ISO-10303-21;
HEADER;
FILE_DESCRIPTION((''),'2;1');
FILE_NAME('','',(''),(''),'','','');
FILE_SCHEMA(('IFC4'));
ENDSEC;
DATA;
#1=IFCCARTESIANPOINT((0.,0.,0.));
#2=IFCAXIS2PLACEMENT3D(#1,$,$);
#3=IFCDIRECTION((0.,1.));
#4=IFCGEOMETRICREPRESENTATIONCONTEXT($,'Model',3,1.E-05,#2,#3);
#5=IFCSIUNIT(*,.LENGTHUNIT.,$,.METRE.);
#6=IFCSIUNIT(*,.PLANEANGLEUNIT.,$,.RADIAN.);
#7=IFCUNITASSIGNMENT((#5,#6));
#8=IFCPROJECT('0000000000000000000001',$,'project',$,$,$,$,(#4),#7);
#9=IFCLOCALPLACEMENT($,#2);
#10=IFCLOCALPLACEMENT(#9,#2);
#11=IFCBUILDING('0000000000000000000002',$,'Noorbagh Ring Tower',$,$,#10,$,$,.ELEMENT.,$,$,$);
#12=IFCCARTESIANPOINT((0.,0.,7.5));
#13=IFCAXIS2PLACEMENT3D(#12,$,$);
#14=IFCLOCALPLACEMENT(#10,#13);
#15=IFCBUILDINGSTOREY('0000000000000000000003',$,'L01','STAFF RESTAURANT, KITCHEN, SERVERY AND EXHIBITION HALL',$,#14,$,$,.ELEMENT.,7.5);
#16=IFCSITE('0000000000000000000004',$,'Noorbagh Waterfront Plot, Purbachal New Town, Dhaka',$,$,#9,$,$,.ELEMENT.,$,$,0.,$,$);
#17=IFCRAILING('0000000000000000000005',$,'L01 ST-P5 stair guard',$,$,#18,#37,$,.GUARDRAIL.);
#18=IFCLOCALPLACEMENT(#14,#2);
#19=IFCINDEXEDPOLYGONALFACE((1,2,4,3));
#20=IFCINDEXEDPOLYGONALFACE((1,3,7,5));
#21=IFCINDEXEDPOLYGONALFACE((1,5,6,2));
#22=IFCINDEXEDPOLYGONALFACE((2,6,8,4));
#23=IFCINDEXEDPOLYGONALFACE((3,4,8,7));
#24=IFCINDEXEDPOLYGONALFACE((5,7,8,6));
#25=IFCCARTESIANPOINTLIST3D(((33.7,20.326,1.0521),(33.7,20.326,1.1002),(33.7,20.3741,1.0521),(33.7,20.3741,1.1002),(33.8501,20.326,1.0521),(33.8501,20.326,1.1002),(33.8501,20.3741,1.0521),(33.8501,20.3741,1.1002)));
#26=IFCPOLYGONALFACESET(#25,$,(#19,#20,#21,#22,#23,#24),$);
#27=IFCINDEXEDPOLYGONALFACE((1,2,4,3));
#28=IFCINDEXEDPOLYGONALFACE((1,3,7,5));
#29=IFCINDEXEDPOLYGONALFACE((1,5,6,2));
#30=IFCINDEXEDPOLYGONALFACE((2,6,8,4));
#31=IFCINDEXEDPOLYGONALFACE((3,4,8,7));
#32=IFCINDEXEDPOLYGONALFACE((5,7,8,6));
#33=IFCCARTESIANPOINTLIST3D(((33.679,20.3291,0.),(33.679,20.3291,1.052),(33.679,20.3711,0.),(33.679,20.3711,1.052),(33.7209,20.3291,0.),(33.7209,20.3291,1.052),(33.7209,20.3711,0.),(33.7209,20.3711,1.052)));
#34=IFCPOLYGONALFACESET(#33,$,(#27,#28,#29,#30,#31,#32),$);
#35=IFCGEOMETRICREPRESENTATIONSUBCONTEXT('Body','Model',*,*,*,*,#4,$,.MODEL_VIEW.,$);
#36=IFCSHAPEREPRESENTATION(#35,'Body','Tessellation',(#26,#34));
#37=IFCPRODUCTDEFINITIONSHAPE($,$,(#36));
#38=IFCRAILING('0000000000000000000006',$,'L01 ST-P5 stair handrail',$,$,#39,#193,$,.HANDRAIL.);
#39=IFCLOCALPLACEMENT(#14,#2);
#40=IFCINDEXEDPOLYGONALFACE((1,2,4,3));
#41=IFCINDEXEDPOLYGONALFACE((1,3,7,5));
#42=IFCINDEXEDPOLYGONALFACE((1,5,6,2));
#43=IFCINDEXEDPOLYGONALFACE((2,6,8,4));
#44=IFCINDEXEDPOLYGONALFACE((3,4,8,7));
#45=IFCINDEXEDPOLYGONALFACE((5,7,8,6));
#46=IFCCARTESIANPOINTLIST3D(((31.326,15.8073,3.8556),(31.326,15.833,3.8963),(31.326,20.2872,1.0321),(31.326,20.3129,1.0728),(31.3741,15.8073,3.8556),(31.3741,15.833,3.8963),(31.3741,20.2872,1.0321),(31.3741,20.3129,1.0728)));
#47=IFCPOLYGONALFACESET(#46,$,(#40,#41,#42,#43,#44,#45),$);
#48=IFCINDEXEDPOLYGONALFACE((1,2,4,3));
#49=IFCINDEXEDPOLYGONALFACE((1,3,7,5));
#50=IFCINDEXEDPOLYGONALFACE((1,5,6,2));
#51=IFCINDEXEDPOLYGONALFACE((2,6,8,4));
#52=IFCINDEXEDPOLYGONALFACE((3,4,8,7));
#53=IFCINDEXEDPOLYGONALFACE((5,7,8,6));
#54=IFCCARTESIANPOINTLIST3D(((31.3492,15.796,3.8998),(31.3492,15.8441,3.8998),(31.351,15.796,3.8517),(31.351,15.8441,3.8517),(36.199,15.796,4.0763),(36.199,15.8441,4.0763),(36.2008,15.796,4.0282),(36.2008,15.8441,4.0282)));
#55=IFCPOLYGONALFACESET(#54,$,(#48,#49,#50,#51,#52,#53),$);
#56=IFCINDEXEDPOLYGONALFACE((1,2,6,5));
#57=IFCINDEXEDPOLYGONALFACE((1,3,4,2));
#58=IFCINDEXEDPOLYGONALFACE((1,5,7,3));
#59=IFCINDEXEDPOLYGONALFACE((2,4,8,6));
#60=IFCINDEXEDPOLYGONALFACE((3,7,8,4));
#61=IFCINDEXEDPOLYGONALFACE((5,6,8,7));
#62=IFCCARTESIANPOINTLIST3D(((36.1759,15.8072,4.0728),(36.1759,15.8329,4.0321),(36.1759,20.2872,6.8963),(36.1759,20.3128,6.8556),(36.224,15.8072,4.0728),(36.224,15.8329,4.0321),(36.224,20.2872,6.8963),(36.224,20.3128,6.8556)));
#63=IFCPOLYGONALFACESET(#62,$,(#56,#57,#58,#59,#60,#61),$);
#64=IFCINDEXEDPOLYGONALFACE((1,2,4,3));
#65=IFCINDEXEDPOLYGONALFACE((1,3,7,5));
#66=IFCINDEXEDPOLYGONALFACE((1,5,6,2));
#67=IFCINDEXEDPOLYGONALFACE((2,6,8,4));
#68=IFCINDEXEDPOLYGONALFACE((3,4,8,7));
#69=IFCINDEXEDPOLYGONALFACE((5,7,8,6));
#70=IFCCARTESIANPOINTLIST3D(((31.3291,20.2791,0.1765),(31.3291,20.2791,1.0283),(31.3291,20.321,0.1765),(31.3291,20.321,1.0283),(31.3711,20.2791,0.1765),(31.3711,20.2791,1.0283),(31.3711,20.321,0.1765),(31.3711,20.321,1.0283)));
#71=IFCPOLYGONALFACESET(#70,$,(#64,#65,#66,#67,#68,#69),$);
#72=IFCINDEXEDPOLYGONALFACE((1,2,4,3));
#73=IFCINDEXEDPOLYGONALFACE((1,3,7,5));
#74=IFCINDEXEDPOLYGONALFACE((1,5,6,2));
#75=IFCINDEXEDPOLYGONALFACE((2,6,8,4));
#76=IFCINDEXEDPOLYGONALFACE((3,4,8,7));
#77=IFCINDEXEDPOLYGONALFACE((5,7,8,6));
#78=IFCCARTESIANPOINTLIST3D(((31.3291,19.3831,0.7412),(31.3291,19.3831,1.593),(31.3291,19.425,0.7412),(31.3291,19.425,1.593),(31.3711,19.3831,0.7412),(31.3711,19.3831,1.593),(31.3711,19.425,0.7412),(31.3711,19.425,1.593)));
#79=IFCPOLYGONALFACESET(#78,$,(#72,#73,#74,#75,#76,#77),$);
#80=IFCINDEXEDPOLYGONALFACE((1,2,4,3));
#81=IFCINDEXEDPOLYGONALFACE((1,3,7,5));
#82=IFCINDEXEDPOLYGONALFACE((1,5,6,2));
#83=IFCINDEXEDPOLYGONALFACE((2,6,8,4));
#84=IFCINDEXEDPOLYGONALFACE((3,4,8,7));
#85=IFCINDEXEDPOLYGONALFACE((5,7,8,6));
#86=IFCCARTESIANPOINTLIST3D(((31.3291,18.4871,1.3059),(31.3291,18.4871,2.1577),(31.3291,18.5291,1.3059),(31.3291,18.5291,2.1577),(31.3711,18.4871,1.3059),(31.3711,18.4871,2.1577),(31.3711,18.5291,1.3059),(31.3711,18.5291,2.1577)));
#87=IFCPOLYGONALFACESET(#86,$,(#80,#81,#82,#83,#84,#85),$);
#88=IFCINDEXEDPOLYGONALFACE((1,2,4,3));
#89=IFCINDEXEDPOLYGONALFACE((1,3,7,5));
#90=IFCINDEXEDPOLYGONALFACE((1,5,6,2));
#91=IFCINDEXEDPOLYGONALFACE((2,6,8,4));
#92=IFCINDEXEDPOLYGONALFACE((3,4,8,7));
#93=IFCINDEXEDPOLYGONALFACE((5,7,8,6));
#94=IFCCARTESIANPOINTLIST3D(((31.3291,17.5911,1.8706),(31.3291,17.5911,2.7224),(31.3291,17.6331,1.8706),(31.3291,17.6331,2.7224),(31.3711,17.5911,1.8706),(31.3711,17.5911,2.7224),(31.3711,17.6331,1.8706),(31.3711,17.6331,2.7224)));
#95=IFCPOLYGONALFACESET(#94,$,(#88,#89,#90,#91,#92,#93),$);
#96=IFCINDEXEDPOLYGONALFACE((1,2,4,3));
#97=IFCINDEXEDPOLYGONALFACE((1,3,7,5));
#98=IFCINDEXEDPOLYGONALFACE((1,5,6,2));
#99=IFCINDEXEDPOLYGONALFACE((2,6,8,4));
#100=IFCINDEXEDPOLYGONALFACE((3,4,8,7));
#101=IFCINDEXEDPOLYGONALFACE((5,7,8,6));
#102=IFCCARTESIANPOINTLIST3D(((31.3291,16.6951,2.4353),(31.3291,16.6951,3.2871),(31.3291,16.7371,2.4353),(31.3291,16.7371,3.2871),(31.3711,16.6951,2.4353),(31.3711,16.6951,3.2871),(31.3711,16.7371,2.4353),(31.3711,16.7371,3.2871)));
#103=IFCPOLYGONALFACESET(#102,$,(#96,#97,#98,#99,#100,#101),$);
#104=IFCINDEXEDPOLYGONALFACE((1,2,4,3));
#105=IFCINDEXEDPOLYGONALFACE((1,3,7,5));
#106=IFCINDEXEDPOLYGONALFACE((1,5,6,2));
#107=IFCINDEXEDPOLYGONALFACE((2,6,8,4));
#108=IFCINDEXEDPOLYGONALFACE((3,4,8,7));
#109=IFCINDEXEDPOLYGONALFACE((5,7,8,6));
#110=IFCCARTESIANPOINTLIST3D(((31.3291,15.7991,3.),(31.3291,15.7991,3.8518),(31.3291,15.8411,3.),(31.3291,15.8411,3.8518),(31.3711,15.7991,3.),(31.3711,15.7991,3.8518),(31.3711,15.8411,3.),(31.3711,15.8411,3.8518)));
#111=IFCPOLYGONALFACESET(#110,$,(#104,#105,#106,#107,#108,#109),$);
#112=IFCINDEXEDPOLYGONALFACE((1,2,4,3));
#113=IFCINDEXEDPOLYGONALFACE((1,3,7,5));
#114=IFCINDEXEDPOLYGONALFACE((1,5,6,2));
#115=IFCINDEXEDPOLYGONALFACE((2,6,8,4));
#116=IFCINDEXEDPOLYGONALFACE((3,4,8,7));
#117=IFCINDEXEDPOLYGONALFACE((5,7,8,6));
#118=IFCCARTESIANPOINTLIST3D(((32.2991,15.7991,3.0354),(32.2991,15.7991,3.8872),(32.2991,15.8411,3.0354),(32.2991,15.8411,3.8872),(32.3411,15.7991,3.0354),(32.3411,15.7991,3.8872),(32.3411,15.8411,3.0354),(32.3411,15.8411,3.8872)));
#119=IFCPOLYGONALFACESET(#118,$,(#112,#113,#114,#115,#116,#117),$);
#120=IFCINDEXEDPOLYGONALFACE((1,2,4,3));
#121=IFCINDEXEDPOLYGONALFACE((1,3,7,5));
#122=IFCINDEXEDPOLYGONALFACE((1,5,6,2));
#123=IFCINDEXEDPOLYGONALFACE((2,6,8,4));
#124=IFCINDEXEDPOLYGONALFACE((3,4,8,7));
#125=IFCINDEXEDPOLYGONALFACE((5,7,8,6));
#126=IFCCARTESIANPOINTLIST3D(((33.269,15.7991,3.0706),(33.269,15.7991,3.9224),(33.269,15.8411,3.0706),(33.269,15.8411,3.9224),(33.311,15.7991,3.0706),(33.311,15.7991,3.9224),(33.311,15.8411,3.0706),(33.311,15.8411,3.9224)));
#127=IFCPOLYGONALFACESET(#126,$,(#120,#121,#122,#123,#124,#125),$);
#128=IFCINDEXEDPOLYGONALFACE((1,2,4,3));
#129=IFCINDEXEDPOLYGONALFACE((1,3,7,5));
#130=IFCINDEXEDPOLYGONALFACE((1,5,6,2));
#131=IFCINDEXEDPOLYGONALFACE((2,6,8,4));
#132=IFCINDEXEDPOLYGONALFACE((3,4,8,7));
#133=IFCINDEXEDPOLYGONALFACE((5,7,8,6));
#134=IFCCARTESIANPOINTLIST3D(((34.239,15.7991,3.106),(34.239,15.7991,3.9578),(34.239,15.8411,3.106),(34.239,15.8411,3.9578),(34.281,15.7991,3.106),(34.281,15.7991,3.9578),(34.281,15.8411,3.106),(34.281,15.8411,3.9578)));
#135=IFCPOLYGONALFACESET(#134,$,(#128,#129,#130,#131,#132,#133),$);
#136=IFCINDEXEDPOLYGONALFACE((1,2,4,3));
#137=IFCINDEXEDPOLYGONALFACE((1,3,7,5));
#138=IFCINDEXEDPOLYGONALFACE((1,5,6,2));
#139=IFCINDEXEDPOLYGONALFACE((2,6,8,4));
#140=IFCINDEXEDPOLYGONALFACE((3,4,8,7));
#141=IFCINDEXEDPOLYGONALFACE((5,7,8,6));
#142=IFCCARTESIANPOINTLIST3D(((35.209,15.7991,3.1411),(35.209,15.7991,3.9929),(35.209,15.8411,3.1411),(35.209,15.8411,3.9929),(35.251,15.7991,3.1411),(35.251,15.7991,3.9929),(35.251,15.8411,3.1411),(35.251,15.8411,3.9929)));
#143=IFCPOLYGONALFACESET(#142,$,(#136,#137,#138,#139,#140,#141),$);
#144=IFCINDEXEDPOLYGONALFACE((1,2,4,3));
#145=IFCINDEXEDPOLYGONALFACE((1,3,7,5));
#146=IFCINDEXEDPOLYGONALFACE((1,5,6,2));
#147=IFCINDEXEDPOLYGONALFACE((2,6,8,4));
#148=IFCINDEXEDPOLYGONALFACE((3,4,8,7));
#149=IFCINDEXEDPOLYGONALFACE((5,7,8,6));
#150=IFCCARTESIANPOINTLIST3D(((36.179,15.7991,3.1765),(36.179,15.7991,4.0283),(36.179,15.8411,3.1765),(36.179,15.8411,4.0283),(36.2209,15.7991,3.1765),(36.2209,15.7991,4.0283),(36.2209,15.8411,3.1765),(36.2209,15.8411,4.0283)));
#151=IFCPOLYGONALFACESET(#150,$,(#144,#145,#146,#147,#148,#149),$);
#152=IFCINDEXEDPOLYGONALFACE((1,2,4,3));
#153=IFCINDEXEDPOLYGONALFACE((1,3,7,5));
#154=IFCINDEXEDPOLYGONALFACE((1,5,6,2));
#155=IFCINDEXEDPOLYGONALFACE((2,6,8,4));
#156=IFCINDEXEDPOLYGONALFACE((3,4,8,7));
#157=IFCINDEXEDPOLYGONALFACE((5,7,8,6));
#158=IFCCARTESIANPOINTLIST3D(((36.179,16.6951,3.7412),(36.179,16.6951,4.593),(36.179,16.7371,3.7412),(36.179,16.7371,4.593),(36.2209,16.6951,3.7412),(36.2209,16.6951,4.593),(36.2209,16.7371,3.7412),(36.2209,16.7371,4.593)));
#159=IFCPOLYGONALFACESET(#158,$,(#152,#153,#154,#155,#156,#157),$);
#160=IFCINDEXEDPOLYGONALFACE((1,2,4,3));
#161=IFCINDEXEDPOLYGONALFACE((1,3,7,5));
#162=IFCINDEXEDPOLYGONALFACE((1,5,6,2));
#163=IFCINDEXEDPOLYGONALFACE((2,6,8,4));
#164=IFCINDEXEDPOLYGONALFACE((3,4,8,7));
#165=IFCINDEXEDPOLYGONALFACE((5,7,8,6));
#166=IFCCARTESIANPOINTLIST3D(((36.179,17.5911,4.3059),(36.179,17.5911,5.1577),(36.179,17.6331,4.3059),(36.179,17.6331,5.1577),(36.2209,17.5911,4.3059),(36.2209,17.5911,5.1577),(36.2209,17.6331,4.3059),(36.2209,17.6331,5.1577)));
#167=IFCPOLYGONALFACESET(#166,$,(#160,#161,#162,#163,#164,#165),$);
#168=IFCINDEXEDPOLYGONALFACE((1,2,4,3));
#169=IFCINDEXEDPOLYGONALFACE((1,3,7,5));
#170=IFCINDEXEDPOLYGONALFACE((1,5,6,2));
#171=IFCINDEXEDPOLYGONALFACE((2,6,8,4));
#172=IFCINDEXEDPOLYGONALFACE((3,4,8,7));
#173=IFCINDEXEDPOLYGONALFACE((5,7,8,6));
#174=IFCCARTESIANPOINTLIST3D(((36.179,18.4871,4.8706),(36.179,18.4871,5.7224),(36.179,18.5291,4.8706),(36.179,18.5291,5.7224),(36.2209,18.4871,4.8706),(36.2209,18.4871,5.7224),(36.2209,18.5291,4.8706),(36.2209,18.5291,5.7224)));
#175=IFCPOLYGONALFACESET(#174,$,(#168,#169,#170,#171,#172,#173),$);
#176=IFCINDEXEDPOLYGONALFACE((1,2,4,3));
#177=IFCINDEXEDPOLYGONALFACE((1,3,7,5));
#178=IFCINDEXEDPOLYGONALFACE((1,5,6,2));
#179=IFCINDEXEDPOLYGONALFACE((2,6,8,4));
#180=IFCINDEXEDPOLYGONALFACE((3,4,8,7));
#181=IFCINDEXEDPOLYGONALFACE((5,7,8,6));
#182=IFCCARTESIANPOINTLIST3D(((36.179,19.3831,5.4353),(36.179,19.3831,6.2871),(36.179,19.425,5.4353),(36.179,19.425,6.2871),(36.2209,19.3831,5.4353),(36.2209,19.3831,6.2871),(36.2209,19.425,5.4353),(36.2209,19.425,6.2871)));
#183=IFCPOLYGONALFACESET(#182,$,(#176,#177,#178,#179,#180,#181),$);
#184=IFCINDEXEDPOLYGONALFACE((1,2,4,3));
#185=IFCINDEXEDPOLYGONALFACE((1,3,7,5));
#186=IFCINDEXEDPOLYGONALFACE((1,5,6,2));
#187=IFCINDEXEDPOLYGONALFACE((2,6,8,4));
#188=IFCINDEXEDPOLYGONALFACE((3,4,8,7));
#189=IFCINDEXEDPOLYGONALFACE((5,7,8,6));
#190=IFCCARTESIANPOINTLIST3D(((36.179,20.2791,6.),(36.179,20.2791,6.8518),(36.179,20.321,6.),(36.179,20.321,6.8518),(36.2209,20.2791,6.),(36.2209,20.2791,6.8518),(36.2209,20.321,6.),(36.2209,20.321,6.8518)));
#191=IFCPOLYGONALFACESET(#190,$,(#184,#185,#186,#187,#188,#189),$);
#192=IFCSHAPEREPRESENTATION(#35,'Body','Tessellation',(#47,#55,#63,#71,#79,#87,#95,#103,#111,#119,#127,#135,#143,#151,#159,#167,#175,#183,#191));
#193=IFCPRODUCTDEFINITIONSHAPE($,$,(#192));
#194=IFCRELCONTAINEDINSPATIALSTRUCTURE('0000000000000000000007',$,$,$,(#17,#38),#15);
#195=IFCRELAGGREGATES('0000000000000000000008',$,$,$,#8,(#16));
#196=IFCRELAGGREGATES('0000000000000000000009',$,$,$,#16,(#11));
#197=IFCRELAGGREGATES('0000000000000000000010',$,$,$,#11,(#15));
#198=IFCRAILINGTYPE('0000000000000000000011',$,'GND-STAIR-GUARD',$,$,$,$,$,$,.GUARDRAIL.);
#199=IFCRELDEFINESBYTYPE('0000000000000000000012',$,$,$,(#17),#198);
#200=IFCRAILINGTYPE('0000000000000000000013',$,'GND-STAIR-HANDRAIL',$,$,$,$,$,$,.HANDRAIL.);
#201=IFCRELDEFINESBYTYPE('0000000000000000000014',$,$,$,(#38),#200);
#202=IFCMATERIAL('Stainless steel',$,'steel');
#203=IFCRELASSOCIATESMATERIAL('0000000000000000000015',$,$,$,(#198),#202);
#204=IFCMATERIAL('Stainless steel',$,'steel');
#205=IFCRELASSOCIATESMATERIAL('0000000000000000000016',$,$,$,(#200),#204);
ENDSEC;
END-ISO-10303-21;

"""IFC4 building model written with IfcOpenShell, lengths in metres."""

from ifc_helpers import new_model, si_unit, direction, frame, origin, origin_2d, place, context, subcontext, project, spatial, rectangle, extrude, material, type_object, element, save


model = new_model("IFC4")

# Units and contexts
model_context = context("Model", 3, precision=1e-05, world=origin(), true_north=direction((0.0, 1.0)))
body_context = subcontext(model_context, "Body", "Model", "MODEL_VIEW")
ifc_project = project(units=[si_unit("LENGTHUNIT", "METRE"), si_unit("PLANEANGLEUNIT", "RADIAN")], contexts=[model_context])

# Site, building, storey
site_placement = place(None, origin())
site = spatial("IfcSite", under=ifc_project, at=site_placement, Name="Noorbagh Waterfront Plot, Purbachal New Town, Dhaka", CompositionType="ELEMENT", RefElevation=0.0)
building_placement = place(site_placement, origin())
building = spatial("IfcBuilding", under=site, at=building_placement, Name="Noorbagh Ring Tower", CompositionType="ELEMENT")
storey_placement = place(building_placement, frame((0.0, 0.0, 7.5)))
storey = spatial("IfcBuildingStorey", under=building, at=storey_placement, Name="L01", Description="STAFF RESTAURANT, KITCHEN, SERVERY AND EXHIBITION HALL", CompositionType="ELEMENT", Elevation=7.5)

# Railings
ifc_material_1 = material(Name="Stainless steel", Category="steel")
railing_type_1 = type_object("IfcRailingType", Name="GND-STAIR-GUARD", PredefinedType="GUARDRAIL", material=ifc_material_1)
for number, where, name in (
    (1, (33.7, 20.3501, 0.0), "L01 ST-P5 stair guard"),
):
    element("IfcRailing", number, at=place(storey_placement, frame(where)), inside=storey, type_object=railing_type_1, Name=name, PredefinedType="GUARDRAIL", context=body_context, shape_type="SweptSolid", body=[
        extrude(rectangle(XDim=0.0481, YDim=0.0481, at=origin_2d()), frame((0.0, 0.0, 1.0762), z_axis=(1.0, 0.0, 0.0), x_axis=(0.0, 1.0, 0.0)), (0.0, 0.0, 1.0), 0.1501),
        extrude(rectangle(XDim=0.042, YDim=0.042, at=origin_2d()), origin(), (0.0, 0.0, 1.0), 1.052),
    ])
ifc_material_2 = material(Name="Stainless steel", Category="steel")
railing_type_2 = type_object("IfcRailingType", Name="GND-STAIR-HANDRAIL", PredefinedType="HANDRAIL", material=ifc_material_2)
railing_1_placement = place(storey_placement, frame((31.3501, 20.3, 0.1765)))
element("IfcRailing", 2, at=railing_1_placement, inside=storey, type_object=railing_type_2, Name="L01 ST-P5 stair handrail", PredefinedType="HANDRAIL", context=body_context, shape_type="SweptSolid", body=[
    extrude(rectangle(XDim=0.0481, YDim=0.0481, at=origin_2d()), frame((0.0, 0.0, 0.876), z_axis=(0.0, -0.845998, 0.533186), x_axis=(1.0, 0.0, 0.0)), (0.0, 0.0, 1.0), 5.2954),
    extrude(rectangle(XDim=0.0481, YDim=0.0481, at=origin_2d()), frame((0.0, -4.48, 3.6992), z_axis=(0.999338, 0.0, 0.036372), x_axis=(0.0, 1.0, 0.0)), (0.0, 0.0, 1.0), 4.853),
    extrude(rectangle(XDim=0.0481, YDim=0.0481, at=origin_2d()), frame((4.8499, -4.48, 3.876), z_axis=(0.0, 0.845998, 0.533186), x_axis=(-1.0, 0.0, 0.0)), (0.0, 0.0, 1.0), 5.2954),
    extrude(rectangle(XDim=0.042, YDim=0.042, at=origin_2d()), origin(), (0.0, 0.0, 1.0), 0.8518),
    extrude(rectangle(XDim=0.042, YDim=0.042, at=origin_2d()), frame((0.0, -0.896, 0.5647)), (0.0, 0.0, 1.0), 0.8518),
    extrude(rectangle(XDim=0.042, YDim=0.042, at=origin_2d()), frame((0.0, -1.792, 1.1294)), (0.0, 0.0, 1.0), 0.8518),
    extrude(rectangle(XDim=0.042, YDim=0.042, at=origin_2d()), frame((0.0, -2.688, 1.6941)), (0.0, 0.0, 1.0), 0.8518),
    extrude(rectangle(XDim=0.042, YDim=0.042, at=origin_2d()), frame((0.0, -3.584, 2.2588)), (0.0, 0.0, 1.0), 0.8518),
    extrude(rectangle(XDim=0.042, YDim=0.042, at=origin_2d()), frame((0.0, -4.48, 2.8235)), (0.0, 0.0, 1.0), 0.8518),
    extrude(rectangle(XDim=0.042, YDim=0.042, at=origin_2d()), frame((0.97, -4.48, 2.8589)), (0.0, 0.0, 1.0), 0.8518),
    extrude(rectangle(XDim=0.042, YDim=0.042, at=origin_2d()), frame((1.9399, -4.48, 2.894)), (0.0, 0.0, 1.0), 0.8518),
    extrude(rectangle(XDim=0.042, YDim=0.042, at=origin_2d()), frame((2.9099, -4.48, 2.9294)), (0.0, 0.0, 1.0), 0.8518),
    extrude(rectangle(XDim=0.042, YDim=0.042, at=origin_2d()), frame((3.8799, -4.48, 2.9646)), (0.0, 0.0, 1.0), 0.8518),
    extrude(rectangle(XDim=0.042, YDim=0.042, at=origin_2d()), frame((4.8499, -4.48, 3.0)), (0.0, 0.0, 1.0), 0.8518),
    extrude(rectangle(XDim=0.042, YDim=0.042, at=origin_2d()), frame((4.8499, -3.584, 3.5647)), (0.0, 0.0, 1.0), 0.8518),
    extrude(rectangle(XDim=0.042, YDim=0.042, at=origin_2d()), frame((4.8499, -2.688, 4.1294)), (0.0, 0.0, 1.0), 0.8518),
    extrude(rectangle(XDim=0.042, YDim=0.042, at=origin_2d()), frame((4.8499, -1.792, 4.6941)), (0.0, 0.0, 1.0), 0.8518),
    extrude(rectangle(XDim=0.042, YDim=0.042, at=origin_2d()), frame((4.8499, -0.896, 5.2588)), (0.0, 0.0, 1.0), 0.8518),
    extrude(rectangle(XDim=0.042, YDim=0.042, at=origin_2d()), frame((4.8499, 0.0, 5.8235)), (0.0, 0.0, 1.0), 0.8518),
])

save(model, "model.ifc")
